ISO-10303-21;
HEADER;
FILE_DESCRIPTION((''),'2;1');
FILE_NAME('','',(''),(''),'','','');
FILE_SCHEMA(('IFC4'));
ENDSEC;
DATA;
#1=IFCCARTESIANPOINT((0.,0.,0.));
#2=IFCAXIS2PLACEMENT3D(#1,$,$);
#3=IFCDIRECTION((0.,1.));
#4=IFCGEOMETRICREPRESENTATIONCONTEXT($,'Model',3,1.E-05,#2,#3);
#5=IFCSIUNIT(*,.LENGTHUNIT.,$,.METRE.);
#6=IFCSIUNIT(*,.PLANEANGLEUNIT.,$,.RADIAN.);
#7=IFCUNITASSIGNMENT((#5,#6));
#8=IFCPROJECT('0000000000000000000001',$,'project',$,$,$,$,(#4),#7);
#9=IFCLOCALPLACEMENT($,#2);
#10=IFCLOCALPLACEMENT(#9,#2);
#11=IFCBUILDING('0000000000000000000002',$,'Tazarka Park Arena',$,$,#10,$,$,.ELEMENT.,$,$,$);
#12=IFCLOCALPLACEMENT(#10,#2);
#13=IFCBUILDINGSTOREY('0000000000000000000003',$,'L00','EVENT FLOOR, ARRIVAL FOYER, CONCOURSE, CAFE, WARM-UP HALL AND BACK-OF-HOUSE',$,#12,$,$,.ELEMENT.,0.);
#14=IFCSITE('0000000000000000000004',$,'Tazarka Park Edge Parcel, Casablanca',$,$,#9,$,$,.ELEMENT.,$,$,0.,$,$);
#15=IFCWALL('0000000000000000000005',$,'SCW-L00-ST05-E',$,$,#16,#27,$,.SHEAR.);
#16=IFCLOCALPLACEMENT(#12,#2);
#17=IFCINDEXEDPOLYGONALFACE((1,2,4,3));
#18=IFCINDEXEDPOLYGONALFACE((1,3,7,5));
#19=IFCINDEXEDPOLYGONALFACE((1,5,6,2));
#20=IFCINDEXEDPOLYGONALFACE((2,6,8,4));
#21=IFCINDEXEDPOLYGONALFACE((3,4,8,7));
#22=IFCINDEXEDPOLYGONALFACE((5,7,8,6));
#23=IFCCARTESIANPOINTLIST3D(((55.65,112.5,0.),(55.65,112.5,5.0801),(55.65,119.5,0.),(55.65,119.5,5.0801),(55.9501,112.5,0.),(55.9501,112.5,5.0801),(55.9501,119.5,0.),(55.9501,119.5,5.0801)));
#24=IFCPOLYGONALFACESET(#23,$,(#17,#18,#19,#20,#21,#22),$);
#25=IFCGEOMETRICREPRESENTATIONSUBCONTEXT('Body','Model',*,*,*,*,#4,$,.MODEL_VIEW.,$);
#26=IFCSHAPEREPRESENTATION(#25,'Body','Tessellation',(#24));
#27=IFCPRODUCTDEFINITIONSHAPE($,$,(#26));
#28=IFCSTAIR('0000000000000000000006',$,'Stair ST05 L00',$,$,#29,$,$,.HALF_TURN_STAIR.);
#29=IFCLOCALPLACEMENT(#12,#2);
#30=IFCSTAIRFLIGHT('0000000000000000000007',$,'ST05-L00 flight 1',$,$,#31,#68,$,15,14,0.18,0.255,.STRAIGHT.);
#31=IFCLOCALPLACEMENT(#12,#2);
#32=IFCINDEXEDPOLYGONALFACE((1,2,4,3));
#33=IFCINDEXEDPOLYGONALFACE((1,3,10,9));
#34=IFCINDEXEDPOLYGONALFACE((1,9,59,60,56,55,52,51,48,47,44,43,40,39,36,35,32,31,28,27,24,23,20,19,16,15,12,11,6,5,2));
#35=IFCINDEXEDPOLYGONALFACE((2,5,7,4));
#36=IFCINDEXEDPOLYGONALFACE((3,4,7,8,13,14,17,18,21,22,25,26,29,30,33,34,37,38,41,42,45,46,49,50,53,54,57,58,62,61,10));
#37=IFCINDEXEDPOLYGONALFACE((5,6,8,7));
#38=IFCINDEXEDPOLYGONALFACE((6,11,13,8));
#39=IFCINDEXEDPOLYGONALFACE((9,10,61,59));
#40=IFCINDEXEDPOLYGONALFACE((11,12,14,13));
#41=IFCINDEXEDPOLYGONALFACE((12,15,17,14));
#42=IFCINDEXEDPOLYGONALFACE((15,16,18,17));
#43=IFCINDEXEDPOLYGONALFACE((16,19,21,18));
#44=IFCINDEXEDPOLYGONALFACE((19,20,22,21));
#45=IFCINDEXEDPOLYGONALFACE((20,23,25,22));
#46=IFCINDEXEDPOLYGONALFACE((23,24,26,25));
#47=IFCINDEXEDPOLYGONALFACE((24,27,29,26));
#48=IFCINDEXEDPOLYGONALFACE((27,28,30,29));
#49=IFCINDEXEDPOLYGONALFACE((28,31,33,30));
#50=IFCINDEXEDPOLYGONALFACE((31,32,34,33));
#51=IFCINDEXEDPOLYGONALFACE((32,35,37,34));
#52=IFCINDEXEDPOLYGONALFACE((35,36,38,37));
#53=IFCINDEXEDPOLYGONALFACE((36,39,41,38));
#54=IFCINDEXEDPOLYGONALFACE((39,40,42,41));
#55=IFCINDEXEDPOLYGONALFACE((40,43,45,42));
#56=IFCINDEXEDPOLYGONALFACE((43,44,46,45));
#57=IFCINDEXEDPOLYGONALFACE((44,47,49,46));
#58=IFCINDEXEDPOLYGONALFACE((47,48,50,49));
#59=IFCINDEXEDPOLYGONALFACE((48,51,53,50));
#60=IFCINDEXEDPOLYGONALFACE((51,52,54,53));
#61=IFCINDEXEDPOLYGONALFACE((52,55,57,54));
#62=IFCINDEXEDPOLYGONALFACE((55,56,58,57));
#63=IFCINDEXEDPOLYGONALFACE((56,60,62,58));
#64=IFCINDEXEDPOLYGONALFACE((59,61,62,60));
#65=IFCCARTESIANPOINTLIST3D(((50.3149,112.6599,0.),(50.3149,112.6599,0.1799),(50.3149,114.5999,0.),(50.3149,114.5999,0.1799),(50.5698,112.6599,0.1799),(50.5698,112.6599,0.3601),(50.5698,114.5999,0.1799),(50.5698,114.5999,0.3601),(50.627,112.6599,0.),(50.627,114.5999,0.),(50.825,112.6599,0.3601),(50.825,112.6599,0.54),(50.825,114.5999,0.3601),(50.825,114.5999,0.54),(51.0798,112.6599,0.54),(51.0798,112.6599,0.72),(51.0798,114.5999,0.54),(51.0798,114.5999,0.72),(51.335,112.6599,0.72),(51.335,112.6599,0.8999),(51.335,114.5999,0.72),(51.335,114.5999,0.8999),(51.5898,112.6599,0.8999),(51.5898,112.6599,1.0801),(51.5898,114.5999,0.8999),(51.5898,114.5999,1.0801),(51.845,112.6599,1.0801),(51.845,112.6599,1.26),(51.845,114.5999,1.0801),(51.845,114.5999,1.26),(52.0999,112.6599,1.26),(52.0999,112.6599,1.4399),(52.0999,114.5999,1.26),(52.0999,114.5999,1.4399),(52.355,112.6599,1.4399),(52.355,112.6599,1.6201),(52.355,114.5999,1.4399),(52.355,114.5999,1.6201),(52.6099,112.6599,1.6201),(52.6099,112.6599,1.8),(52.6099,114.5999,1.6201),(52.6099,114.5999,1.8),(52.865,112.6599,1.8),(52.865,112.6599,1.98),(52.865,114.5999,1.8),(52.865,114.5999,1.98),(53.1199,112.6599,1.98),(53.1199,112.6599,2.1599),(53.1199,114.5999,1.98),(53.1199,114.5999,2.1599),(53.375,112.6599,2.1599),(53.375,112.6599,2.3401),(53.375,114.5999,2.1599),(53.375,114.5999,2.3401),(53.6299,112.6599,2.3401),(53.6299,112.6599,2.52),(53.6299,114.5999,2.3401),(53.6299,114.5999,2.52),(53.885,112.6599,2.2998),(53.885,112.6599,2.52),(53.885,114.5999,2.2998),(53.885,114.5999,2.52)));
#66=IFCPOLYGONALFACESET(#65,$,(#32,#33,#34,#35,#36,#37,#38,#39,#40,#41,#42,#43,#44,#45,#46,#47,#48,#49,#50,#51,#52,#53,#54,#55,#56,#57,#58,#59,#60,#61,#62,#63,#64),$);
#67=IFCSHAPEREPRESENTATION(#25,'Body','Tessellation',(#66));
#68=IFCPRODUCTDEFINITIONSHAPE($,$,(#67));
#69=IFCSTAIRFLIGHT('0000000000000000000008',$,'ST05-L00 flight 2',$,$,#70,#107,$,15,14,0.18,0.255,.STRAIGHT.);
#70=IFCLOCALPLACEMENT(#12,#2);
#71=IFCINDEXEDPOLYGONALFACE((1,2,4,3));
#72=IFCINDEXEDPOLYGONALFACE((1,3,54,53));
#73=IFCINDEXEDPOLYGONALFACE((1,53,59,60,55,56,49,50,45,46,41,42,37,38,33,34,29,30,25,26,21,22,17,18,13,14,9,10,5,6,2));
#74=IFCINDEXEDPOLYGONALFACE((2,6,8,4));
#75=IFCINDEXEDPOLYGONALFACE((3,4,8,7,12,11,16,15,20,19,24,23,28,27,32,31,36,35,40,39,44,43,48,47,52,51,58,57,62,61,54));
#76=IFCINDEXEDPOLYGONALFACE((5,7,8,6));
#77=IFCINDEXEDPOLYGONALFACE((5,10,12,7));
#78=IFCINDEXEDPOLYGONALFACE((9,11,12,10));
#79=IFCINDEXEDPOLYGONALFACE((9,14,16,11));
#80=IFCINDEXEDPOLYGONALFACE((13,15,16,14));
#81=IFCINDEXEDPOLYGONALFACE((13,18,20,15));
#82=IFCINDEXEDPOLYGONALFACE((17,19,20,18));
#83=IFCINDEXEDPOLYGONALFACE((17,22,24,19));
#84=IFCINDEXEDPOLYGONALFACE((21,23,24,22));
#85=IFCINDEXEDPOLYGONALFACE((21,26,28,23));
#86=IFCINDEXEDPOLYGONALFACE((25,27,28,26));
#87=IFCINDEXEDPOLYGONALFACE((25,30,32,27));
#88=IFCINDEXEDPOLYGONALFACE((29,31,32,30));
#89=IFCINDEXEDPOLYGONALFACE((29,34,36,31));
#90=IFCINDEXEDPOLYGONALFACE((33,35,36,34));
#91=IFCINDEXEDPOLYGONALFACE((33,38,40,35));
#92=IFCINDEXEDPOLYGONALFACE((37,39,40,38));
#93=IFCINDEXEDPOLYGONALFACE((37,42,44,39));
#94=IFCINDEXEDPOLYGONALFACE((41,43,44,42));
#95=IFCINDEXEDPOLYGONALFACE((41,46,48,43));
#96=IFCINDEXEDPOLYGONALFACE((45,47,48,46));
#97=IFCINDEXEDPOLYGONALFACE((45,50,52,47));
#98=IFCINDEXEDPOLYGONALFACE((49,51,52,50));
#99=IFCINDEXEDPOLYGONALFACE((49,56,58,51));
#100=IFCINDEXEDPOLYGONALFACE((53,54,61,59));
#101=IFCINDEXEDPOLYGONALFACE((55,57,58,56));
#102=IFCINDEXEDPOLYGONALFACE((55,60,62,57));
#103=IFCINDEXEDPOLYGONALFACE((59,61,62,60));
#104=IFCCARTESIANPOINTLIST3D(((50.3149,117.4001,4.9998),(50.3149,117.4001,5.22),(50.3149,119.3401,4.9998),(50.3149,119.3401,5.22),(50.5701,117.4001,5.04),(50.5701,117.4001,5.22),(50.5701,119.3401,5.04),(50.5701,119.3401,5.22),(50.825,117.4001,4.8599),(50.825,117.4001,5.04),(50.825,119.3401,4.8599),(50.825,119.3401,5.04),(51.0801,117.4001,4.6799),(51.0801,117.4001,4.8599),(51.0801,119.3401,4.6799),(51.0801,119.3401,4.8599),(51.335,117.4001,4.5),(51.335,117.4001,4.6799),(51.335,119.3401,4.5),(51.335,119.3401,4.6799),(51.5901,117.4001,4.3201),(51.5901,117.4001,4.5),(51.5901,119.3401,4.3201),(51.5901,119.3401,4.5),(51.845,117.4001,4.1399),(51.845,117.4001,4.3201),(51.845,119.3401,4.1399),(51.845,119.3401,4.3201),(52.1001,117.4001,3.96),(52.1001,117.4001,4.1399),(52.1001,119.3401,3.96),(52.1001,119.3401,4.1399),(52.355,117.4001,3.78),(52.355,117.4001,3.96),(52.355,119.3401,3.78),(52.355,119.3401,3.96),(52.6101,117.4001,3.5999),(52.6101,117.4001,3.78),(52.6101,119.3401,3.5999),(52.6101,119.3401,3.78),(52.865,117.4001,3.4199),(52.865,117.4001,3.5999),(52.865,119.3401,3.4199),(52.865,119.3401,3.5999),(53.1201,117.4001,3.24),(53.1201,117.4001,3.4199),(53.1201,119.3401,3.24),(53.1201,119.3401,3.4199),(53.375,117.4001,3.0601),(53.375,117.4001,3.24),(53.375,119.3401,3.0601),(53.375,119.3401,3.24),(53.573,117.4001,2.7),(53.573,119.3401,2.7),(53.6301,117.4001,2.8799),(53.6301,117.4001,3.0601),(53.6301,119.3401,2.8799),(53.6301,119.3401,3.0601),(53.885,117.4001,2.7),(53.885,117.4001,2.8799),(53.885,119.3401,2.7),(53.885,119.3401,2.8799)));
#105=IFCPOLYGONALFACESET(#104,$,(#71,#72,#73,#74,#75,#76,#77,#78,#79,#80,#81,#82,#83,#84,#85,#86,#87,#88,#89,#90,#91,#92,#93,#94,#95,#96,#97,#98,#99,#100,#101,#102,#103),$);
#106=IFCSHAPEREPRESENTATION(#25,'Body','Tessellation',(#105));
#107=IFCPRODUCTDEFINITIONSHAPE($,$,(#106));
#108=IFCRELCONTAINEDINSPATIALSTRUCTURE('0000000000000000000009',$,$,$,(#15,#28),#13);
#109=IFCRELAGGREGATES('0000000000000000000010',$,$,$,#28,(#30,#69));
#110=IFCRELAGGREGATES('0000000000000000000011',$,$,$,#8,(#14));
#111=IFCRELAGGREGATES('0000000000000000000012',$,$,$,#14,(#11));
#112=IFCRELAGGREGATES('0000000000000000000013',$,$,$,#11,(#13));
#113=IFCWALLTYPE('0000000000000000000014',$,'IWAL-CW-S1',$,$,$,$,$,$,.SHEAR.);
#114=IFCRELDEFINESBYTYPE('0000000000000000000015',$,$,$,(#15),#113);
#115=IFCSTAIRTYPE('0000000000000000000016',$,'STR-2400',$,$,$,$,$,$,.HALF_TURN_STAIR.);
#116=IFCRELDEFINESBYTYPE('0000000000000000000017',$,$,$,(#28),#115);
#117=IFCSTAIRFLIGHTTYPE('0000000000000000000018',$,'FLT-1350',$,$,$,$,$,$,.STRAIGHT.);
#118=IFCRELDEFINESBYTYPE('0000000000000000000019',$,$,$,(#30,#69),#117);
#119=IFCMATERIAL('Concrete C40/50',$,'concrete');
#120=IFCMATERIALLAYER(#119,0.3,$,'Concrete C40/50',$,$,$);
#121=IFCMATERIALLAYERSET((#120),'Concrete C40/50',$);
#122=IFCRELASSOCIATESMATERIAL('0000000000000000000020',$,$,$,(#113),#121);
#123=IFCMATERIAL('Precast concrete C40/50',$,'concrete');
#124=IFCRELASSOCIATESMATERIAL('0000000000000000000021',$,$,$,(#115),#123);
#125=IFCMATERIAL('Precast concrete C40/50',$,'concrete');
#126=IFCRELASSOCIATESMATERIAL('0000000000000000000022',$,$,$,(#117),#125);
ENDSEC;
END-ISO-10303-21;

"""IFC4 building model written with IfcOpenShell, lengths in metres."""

from ifc_helpers import new_model, si_unit, direction, frame, frame_2d, origin, place, context, subcontext, project, spatial, polyline, rectangle, outline, extrude, material, layer, layer_set, type_object, element, aggregate, save


model = new_model("IFC4")

# Units and contexts
model_context = context("Model", 3, precision=1e-05, world=origin(), true_north=direction((0.0, 1.0)))
body_context = subcontext(model_context, "Body", "Model", "MODEL_VIEW")
ifc_project = project(units=[si_unit("LENGTHUNIT", "METRE"), si_unit("PLANEANGLEUNIT", "RADIAN")], contexts=[model_context])

# Site, building, storey
site_placement = place(None, origin())
site = spatial("IfcSite", under=ifc_project, at=site_placement, Name="Tazarka Park Edge Parcel, Casablanca", CompositionType="ELEMENT", RefElevation=0.0)
building_placement = place(site_placement, origin())
building = spatial("IfcBuilding", under=site, at=building_placement, Name="Tazarka Park Arena", CompositionType="ELEMENT")
storey_placement = place(building_placement, origin())
storey = spatial("IfcBuildingStorey", under=building, at=storey_placement, Name="L00", Description="EVENT FLOOR, ARRIVAL FOYER, CONCOURSE, CAFE, WARM-UP HALL AND BACK-OF-HOUSE", CompositionType="ELEMENT", Elevation=0.0)

# Shared definitions
ifc_material_1 = material(Name="Concrete C40/50", Category="concrete")
ifc_layer_1 = layer(ifc_material_1, 0.3, Name="Concrete C40/50")
ifc_layer_set_1 = layer_set([ifc_layer_1], Name="Concrete C40/50")
wall_type_1 = type_object("IfcWallType", Name="IWAL-CW-S1", PredefinedType="SHEAR", material=ifc_layer_set_1)

# Wall
wall_1_placement = place(storey_placement, frame((55.8, 119.5, 0.0), z_axis=(0.0, 0.0, 1.0), x_axis=(0.0, -1.0, 0.0)))
element("IfcWall", 1, at=wall_1_placement, inside=storey, type_object=wall_type_1, Name="SCW-L00-ST05-E", PredefinedType="SHEAR", context=body_context, shape_type="SweptSolid", body=[
    extrude(rectangle(XDim=7.0, YDim=0.3, at=frame_2d((3.5, 0.0))), origin(), (0.0, 0.0, 1.0), 5.0801),
])

# Stair, stair flights
ifc_material_2 = material(Name="Precast concrete C40/50", Category="concrete")
stair_type = type_object("IfcStairType", Name="STR-2400", PredefinedType="HALF_TURN_STAIR", material=ifc_material_2)
stair_placement = place(storey_placement, origin())
stair = element("IfcStair", 2, at=stair_placement, inside=storey, type_object=stair_type, Name="Stair ST05 L00", PredefinedType="HALF_TURN_STAIR")
ifc_material_3 = material(Name="Precast concrete C40/50", Category="concrete")
stair_flight_type = type_object("IfcStairFlightType", Name="FLT-1350", PredefinedType="STRAIGHT", material=ifc_material_3)
stair_flight_1_placement = place(storey_placement, frame((50.3149, 113.6299, 0.0), z_axis=(0.0, 0.0, 1.0), x_axis=(1.0, 0.0, 0.0)))
stair_flight_1 = element("IfcStairFlight", 3, at=stair_flight_1_placement, type_object=stair_flight_type, Name="ST05-L00 flight 1", NumberOfRisers=15, NumberOfTreads=14, PredefinedType="STRAIGHT", RiserHeight=0.18, TreadLength=0.255, context=body_context, shape_type="SweptSolid", body=[
    extrude(outline(polyline([(0.0, 0.0), (0.0, 0.1799), (0.2549, 0.1799), (0.2549, 0.3601), (0.51, 0.3601), (0.51, 0.54), (0.7649, 0.54), (0.7649, 0.72), (1.02, 0.72), (1.02, 0.8999), (1.2749, 0.8999), (1.2749, 1.0801), (1.53, 1.0801), (1.53, 1.26), (1.7849, 1.26), (1.7849, 1.4399), (2.04, 1.4399), (2.04, 1.6201), (2.2949, 1.6201), (2.2949, 1.8), (2.55, 1.8), (2.55, 1.98), (2.8049, 1.98), (2.8049, 2.1599), (3.0601, 2.1599), (3.0601, 2.3401), (3.3149, 2.3401), (3.3149, 2.52), (3.5701, 2.52), (3.5701, 2.7), (3.5701, 2.2998), (0.312, 0.0), (0.0, 0.0)])), frame((0.0, 0.97, 0.0), z_axis=(0.0, -1.0, 0.0), x_axis=(1.0, 0.0, 0.0)), (0.0, 0.0, 1.0), 1.9399),
])
stair_flight_2_placement = place(storey_placement, frame((53.885, 118.3701, 2.7), z_axis=(0.0, 0.0, 1.0), x_axis=(-1.0, 0.0, 0.0)))
stair_flight_2 = element("IfcStairFlight", 4, at=stair_flight_2_placement, type_object=stair_flight_type, Name="ST05-L00 flight 2", NumberOfRisers=15, NumberOfTreads=14, PredefinedType="STRAIGHT", RiserHeight=0.18, TreadLength=0.255, context=body_context, shape_type="SweptSolid", body=[
    extrude(outline(polyline([(0.0, 0.0), (0.0, 0.1799), (0.2549, 0.1799), (0.2549, 0.3601), (0.51, 0.3601), (0.51, 0.54), (0.7649, 0.54), (0.7649, 0.72), (1.02, 0.72), (1.02, 0.8999), (1.2749, 0.8999), (1.2749, 1.0801), (1.53, 1.0801), (1.53, 1.26), (1.7849, 1.26), (1.7849, 1.4399), (2.04, 1.4399), (2.04, 1.6201), (2.2949, 1.6201), (2.2949, 1.8), (2.55, 1.8), (2.55, 1.98), (2.8049, 1.98), (2.8049, 2.1599), (3.0601, 2.1599), (3.0601, 2.3401), (3.3149, 2.3401), (3.3149, 2.52), (3.5701, 2.52), (3.5701, 2.7), (3.5701, 2.2998), (0.312, 0.0), (0.0, 0.0)])), frame((0.0, 0.97, 0.0), z_axis=(0.0, -1.0, 0.0), x_axis=(1.0, 0.0, 0.0)), (0.0, 0.0, 1.0), 1.9399),
])
aggregate(stair, [stair_flight_1, stair_flight_2])

save(model, "model.ifc")
